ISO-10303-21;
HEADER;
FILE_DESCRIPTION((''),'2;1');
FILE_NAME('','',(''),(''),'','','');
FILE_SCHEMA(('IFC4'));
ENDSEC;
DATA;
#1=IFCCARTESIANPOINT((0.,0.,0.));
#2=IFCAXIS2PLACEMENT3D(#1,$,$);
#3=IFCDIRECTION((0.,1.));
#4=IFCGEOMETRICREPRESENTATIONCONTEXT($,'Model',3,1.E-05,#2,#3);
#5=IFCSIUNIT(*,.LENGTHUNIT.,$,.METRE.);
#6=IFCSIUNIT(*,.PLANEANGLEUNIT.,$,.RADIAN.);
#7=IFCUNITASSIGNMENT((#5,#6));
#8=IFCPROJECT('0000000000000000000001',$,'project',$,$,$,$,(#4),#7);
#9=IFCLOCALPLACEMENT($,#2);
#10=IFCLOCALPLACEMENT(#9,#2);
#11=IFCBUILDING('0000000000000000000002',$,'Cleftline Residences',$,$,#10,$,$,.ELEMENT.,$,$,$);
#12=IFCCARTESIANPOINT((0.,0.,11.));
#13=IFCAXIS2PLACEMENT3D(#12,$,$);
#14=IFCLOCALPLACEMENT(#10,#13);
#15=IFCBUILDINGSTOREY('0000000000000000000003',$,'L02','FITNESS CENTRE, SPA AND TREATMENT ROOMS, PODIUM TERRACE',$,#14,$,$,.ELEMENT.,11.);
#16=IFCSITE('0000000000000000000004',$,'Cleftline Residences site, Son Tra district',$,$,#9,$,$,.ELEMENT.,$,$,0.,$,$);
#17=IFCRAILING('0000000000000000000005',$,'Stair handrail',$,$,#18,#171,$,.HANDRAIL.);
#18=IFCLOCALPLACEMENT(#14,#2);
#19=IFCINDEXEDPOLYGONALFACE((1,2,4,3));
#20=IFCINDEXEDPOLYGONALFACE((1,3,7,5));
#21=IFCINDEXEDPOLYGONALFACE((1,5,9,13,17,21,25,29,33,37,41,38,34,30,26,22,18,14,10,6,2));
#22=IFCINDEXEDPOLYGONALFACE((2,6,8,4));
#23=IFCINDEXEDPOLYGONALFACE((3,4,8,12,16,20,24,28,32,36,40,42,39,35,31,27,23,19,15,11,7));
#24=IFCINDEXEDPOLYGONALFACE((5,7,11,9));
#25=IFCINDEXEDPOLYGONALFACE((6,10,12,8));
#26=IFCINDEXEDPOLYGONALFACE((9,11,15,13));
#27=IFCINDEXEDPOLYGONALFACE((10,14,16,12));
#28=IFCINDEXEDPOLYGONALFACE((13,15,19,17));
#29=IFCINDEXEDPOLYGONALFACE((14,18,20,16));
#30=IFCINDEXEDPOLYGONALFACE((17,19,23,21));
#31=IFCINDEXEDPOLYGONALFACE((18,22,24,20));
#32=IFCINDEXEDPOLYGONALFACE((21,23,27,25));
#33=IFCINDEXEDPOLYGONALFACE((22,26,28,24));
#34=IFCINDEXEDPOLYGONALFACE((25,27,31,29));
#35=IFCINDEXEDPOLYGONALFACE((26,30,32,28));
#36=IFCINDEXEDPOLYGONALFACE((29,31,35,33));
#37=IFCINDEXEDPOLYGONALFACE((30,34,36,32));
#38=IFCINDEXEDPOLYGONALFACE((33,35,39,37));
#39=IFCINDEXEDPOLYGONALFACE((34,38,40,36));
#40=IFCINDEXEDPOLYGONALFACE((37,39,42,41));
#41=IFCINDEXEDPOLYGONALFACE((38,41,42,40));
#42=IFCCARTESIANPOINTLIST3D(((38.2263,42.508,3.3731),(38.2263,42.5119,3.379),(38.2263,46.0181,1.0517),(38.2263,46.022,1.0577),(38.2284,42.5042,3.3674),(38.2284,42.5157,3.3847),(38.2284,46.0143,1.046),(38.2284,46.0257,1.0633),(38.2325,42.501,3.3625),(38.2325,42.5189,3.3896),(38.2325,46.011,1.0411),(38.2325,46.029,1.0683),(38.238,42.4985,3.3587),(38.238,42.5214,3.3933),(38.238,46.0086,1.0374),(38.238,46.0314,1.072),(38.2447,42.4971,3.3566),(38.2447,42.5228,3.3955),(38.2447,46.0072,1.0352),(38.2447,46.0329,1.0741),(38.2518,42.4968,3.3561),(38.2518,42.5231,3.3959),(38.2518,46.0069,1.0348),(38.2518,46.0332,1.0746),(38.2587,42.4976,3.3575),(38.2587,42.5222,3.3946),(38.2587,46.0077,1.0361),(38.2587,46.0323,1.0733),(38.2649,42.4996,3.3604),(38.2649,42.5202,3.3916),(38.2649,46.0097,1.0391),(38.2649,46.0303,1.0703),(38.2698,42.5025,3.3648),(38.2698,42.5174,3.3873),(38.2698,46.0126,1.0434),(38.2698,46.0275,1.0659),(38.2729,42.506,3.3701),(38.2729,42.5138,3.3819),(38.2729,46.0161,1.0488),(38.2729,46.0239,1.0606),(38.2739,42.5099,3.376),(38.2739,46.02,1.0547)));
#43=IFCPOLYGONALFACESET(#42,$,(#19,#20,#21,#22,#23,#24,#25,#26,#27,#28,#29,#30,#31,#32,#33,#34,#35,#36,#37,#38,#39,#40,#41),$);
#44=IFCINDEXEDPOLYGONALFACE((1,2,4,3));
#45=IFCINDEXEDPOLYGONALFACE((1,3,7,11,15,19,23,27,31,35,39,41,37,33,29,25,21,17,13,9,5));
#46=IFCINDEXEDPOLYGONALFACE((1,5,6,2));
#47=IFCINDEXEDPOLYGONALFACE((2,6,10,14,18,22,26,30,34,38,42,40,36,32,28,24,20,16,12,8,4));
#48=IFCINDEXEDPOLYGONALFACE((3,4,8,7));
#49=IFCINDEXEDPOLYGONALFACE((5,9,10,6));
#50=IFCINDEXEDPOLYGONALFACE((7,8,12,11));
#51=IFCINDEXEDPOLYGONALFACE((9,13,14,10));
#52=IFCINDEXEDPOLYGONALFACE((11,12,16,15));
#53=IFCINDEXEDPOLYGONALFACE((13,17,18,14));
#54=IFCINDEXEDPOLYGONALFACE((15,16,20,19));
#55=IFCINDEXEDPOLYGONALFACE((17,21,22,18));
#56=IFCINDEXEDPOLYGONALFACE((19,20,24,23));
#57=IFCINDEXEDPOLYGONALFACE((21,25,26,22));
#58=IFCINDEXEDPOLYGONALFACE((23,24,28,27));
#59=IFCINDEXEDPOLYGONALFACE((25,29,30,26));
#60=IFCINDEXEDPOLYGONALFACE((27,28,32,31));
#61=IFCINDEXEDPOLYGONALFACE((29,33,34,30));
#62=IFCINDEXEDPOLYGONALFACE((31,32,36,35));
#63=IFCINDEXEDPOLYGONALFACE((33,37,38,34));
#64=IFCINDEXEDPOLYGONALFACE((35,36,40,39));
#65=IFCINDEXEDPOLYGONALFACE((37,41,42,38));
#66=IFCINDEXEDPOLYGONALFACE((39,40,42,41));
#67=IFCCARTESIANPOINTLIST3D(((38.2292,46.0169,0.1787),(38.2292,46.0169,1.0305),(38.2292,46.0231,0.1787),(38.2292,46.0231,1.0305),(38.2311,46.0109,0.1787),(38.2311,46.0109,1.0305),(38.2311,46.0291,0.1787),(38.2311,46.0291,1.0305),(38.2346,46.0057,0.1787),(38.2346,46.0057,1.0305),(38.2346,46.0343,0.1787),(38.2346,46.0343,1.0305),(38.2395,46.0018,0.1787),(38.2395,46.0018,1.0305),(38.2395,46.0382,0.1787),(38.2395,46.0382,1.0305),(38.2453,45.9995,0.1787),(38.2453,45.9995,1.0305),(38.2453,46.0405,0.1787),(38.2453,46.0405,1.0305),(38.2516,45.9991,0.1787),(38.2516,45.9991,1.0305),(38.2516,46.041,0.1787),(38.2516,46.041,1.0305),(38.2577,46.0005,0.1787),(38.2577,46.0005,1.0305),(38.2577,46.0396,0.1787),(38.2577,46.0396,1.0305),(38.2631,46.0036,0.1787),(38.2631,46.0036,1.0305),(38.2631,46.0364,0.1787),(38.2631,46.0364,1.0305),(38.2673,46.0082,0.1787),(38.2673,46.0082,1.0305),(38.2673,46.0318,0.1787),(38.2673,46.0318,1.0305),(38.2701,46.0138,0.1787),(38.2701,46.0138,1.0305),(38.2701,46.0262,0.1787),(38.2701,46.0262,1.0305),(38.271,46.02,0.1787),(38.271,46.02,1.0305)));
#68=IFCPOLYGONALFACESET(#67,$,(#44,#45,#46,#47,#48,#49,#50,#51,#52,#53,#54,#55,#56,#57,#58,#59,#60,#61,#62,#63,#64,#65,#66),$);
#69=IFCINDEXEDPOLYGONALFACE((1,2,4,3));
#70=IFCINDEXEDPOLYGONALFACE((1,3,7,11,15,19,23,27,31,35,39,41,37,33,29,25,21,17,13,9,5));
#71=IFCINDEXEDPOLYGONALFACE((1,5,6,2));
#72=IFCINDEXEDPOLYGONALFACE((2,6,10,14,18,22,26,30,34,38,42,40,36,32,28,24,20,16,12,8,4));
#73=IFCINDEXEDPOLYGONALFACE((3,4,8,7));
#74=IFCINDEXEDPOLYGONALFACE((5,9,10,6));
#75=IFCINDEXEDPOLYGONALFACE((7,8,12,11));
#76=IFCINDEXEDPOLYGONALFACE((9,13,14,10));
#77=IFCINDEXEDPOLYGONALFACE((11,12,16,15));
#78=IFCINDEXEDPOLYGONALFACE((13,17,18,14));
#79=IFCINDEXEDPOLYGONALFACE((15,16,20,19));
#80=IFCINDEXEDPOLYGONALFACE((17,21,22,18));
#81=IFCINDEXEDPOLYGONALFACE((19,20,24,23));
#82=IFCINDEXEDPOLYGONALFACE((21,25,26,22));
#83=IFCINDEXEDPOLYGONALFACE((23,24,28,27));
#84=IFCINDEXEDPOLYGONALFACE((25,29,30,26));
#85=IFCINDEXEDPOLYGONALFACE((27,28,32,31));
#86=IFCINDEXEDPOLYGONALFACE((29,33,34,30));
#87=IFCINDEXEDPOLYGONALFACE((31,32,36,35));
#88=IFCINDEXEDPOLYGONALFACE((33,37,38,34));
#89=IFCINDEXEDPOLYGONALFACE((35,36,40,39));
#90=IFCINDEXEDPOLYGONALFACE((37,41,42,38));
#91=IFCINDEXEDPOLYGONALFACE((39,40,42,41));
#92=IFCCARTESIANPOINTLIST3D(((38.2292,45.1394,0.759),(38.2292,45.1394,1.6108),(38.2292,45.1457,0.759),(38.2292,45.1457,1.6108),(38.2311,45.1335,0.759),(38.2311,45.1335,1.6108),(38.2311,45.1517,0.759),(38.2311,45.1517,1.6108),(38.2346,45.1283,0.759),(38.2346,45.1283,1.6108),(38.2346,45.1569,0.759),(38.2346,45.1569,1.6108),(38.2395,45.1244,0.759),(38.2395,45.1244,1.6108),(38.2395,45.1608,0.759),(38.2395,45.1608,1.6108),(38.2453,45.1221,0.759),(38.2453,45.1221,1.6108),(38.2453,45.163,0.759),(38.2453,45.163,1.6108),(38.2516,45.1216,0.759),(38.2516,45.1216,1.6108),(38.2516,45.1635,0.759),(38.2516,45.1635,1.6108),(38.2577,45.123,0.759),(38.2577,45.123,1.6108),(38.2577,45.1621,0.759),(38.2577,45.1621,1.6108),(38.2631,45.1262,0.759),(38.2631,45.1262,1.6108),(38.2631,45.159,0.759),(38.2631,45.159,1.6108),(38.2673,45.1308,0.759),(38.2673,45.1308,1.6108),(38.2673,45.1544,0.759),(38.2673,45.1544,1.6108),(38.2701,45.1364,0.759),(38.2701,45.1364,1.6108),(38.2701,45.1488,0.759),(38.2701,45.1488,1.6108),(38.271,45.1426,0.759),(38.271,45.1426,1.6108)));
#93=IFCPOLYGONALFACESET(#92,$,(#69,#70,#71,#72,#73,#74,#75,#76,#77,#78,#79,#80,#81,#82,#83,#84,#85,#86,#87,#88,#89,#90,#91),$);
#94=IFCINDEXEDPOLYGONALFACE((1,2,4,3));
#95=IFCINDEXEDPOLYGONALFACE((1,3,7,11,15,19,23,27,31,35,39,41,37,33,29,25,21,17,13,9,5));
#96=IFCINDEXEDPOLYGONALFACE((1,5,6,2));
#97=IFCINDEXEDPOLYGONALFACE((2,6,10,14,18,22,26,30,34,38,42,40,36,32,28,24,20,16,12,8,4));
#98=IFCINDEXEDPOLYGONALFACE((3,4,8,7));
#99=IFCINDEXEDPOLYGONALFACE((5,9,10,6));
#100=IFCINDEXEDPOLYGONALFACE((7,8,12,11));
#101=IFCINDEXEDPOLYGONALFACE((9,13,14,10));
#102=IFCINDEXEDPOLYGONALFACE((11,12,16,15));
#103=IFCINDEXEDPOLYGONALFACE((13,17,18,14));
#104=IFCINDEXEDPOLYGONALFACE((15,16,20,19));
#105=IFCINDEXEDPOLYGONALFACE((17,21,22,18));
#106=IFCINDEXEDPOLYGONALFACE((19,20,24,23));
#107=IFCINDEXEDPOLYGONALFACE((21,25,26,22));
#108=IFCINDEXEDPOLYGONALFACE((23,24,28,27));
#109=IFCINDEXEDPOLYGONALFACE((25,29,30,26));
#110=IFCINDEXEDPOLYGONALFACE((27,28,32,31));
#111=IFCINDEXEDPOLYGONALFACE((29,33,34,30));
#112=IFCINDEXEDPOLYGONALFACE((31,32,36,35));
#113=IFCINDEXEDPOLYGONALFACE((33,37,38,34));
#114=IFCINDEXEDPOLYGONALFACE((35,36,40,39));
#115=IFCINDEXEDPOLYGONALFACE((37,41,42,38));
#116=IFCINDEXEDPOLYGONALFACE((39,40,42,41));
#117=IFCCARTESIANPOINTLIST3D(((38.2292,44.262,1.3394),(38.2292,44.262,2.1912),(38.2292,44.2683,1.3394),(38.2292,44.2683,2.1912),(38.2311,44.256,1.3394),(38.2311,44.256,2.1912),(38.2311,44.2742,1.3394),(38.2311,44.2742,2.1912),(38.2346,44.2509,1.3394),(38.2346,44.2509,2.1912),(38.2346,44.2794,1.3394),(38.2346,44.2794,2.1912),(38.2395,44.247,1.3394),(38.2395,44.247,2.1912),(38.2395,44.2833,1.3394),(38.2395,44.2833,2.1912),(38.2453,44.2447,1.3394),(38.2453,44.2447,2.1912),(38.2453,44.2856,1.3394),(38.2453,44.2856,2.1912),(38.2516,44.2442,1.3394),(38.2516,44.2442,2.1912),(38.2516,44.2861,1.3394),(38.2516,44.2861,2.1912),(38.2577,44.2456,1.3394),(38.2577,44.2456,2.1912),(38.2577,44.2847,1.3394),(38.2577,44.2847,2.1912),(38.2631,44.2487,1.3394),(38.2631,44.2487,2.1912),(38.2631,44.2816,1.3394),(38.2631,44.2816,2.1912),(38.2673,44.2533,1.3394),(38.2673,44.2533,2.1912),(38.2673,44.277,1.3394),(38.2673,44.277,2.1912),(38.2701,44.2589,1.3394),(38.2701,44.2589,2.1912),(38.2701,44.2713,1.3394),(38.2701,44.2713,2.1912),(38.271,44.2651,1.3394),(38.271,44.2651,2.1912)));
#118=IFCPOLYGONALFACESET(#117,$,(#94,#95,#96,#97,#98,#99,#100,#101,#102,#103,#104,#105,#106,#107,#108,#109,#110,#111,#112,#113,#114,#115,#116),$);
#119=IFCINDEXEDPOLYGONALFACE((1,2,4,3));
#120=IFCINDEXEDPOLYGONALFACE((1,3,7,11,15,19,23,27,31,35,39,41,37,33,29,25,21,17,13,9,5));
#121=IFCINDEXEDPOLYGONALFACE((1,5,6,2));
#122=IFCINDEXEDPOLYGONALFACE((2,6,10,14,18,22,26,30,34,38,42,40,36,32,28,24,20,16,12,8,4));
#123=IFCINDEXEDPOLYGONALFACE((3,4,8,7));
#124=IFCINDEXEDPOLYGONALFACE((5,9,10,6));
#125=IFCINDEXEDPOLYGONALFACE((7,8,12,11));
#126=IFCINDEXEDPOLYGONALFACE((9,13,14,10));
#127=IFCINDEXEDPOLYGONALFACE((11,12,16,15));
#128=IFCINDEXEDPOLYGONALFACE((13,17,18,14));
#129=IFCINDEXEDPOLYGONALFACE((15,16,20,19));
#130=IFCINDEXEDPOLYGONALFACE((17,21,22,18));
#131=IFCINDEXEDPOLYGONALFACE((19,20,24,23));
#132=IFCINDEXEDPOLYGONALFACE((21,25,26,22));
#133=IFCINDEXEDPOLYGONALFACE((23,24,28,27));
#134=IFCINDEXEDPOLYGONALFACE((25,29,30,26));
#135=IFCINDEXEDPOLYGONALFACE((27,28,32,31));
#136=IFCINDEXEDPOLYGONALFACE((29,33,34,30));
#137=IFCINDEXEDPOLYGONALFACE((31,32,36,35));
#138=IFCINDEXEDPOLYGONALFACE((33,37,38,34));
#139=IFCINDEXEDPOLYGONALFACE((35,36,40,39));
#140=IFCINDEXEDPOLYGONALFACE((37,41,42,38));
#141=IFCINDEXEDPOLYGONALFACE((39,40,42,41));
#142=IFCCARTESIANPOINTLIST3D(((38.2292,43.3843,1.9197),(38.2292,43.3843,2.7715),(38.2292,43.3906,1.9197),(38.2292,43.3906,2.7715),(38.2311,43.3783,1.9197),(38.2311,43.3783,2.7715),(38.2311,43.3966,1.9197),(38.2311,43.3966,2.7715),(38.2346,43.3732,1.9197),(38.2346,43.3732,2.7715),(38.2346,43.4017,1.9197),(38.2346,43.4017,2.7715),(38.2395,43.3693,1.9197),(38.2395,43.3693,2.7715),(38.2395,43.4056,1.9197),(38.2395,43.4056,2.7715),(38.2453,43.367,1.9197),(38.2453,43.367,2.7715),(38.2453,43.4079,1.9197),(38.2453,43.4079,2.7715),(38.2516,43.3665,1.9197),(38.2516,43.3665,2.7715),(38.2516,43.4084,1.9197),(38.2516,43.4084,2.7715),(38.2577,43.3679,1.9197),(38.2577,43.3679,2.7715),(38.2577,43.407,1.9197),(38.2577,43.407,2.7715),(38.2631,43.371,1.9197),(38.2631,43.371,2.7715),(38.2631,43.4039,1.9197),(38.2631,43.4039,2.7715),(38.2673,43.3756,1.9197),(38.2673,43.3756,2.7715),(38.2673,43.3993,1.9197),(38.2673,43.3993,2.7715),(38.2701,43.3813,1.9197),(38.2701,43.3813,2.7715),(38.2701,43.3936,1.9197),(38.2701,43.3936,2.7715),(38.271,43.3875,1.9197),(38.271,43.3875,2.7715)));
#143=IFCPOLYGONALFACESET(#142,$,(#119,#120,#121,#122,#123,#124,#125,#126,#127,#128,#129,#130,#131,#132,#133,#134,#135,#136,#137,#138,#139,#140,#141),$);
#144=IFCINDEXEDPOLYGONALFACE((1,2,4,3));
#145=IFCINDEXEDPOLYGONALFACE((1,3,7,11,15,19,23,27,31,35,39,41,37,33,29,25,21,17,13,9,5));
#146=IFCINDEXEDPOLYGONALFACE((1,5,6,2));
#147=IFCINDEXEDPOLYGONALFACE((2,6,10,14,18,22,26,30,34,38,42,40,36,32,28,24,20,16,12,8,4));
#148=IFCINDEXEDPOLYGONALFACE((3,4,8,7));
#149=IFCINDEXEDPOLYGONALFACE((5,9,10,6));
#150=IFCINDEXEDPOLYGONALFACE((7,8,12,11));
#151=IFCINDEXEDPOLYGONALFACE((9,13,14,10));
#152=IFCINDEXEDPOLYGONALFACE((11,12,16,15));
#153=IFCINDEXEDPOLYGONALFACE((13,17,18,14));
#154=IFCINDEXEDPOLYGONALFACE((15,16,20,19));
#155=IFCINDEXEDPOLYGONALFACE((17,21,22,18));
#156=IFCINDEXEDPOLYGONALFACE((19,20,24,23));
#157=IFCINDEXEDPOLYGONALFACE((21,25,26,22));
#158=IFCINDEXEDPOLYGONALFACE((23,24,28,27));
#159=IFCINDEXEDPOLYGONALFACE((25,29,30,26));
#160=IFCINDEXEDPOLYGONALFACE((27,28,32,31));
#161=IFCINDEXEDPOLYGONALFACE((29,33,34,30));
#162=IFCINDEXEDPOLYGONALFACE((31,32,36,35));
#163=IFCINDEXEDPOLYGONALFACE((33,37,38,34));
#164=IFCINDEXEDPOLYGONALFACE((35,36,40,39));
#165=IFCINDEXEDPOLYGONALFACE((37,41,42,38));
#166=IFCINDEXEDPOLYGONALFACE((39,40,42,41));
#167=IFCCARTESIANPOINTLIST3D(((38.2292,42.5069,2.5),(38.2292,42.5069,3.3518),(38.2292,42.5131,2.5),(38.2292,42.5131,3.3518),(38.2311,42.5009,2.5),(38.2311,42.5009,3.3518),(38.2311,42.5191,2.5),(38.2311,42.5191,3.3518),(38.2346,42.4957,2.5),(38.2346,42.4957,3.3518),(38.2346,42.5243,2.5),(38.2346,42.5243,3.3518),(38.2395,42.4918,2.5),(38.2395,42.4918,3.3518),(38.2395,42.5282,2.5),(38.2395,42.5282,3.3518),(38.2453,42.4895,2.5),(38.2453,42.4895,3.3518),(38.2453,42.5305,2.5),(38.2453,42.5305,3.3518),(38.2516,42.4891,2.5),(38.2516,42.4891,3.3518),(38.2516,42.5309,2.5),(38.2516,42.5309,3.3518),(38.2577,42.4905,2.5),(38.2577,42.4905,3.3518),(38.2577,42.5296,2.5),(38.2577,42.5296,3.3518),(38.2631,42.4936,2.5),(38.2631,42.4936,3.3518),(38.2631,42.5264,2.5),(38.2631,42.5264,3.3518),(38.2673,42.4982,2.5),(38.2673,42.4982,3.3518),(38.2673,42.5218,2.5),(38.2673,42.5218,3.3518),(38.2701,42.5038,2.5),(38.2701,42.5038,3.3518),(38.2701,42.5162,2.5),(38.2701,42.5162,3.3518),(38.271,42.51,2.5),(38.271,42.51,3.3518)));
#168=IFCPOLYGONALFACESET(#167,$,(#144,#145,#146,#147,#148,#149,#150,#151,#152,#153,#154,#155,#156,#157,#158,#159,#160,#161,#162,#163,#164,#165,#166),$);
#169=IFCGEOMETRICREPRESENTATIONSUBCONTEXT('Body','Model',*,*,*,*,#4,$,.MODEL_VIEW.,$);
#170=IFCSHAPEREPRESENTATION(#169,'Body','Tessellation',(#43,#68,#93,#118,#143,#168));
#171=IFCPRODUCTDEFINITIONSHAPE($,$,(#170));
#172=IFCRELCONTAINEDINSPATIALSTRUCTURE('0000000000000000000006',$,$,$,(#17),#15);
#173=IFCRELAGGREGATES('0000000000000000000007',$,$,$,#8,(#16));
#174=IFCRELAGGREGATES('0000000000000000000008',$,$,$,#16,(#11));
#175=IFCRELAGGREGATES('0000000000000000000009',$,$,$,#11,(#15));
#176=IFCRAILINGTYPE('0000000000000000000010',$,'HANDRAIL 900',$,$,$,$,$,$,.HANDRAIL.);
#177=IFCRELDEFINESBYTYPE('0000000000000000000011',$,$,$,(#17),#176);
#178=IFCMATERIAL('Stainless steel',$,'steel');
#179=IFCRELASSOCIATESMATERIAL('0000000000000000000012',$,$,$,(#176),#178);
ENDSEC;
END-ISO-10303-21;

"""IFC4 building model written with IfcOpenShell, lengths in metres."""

from ifc_helpers import new_model, si_unit, direction, frame, origin, origin_2d, place, context, subcontext, project, spatial, circle, extrude, material, type_object, element, save


model = new_model("IFC4")

# Units and contexts
model_context = context("Model", 3, precision=1e-05, world=origin(), true_north=direction((0.0, 1.0)))
body_context = subcontext(model_context, "Body", "Model", "MODEL_VIEW")
ifc_project = project(units=[si_unit("LENGTHUNIT", "METRE"), si_unit("PLANEANGLEUNIT", "RADIAN")], contexts=[model_context])

# Site, building, storey
site_placement = place(None, origin())
site = spatial("IfcSite", under=ifc_project, at=site_placement, Name="Cleftline Residences site, Son Tra district", CompositionType="ELEMENT", RefElevation=0.0)
building_placement = place(site_placement, origin())
building = spatial("IfcBuilding", under=site, at=building_placement, Name="Cleftline Residences", CompositionType="ELEMENT")
storey_placement = place(building_placement, frame((0.0, 0.0, 11.0)))
storey = spatial("IfcBuildingStorey", under=building, at=storey_placement, Name="L02", Description="FITNESS CENTRE, SPA AND TREATMENT ROOMS, PODIUM TERRACE", CompositionType="ELEMENT", Elevation=11.0)

# Railing
ifc_material_1 = material(Name="Stainless steel", Category="steel")
railing_type = type_object("IfcRailingType", Name="HANDRAIL 900", PredefinedType="HANDRAIL", material=ifc_material_1)
for number, where, name in (
    (1, (38.25, 46.02, 0.1787), "Stair handrail"),
):
    element("IfcRailing", number, at=place(storey_placement, frame(where)), inside=storey, type_object=railing_type, Name=name, PredefinedType="HANDRAIL", context=body_context, shape_type="SweptSolid", body=[
        extrude(circle(Radius=0.0239, at=origin_2d()), frame((0.0, 0.0, 0.876), z_axis=(0.0, -0.834097, 0.551617), x_axis=(1.0, 0.0, 0.0)), (0.0, 0.0, 1.0), 4.2083),
        extrude(circle(Radius=0.021, at=origin_2d()), origin(), (0.0, 0.0, 1.0), 0.8518),
        extrude(circle(Radius=0.021, at=origin_2d()), frame((0.0, -0.8774, 0.5803)), (0.0, 0.0, 1.0), 0.8518),
        extrude(circle(Radius=0.021, at=origin_2d()), frame((0.0, -1.7549, 1.1606)), (0.0, 0.0, 1.0), 0.8518),
        extrude(circle(Radius=0.021, at=origin_2d()), frame((0.0, -2.6326, 1.741)), (0.0, 0.0, 1.0), 0.8518),
        extrude(circle(Radius=0.021, at=origin_2d()), frame((0.0, -3.51, 2.3213)), (0.0, 0.0, 1.0), 0.8518),
    ])

save(model, "model.ifc")
